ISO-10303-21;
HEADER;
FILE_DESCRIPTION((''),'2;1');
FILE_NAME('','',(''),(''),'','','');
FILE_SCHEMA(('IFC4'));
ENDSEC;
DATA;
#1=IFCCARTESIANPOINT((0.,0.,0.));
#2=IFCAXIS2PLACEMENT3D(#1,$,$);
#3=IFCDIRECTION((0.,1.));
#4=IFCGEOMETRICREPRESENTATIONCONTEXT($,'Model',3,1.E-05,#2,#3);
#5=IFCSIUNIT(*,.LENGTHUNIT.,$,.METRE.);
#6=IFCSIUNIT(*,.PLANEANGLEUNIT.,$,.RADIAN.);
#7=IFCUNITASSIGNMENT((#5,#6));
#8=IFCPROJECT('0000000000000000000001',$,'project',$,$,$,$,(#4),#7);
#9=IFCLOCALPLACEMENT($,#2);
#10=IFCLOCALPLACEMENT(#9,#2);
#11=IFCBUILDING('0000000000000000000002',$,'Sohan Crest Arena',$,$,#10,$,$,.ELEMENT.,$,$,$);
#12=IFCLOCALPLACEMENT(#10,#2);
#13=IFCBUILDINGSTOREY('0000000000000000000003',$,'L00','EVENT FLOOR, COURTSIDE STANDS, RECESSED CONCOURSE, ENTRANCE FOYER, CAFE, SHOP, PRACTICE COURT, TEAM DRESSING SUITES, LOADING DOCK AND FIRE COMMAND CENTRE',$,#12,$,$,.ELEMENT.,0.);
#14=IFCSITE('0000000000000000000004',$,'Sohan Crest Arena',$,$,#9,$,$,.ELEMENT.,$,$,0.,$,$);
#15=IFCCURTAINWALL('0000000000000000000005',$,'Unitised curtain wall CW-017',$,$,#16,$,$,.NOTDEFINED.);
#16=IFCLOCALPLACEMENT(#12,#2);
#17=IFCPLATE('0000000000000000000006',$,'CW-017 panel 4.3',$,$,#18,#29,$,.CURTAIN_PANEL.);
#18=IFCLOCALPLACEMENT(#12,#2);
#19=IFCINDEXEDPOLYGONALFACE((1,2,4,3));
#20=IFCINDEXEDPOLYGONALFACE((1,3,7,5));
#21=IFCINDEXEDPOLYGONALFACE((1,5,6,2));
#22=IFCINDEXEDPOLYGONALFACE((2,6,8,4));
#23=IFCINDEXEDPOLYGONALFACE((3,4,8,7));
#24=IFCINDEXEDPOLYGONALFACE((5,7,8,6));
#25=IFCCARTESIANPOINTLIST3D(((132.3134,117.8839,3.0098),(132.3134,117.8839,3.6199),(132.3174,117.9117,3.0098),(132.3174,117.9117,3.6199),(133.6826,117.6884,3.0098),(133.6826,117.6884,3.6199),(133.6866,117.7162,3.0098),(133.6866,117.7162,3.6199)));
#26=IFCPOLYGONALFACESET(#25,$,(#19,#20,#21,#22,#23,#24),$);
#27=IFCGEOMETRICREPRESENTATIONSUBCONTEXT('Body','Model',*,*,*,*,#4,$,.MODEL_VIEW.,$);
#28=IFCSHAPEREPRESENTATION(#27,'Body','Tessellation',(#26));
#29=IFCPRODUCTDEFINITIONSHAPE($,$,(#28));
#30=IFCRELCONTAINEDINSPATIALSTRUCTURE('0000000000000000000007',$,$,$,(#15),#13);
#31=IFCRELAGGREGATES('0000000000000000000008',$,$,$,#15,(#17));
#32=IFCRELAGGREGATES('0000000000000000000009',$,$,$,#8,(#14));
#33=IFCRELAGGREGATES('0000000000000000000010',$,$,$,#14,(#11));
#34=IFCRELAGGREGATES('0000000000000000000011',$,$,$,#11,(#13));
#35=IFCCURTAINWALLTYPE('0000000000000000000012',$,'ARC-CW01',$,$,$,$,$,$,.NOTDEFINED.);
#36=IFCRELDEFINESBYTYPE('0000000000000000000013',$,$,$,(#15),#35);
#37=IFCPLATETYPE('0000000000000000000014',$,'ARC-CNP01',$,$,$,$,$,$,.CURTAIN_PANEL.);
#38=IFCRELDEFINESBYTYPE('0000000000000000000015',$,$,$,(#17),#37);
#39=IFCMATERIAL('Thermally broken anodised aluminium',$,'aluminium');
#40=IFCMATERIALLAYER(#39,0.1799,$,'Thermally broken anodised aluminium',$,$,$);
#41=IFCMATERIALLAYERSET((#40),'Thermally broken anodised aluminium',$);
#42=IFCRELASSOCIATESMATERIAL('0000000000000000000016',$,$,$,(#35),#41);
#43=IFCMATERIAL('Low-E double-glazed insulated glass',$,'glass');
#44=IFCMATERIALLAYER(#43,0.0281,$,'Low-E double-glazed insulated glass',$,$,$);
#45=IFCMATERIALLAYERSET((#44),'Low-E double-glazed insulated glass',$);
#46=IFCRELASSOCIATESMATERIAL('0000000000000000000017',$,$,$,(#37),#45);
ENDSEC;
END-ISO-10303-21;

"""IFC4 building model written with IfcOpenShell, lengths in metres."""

from ifc_helpers import new_model, si_unit, direction, frame, origin, origin_2d, place, context, subcontext, project, spatial, rectangle, extrude, material, layer, layer_set, type_object, element, aggregate, save


model = new_model("IFC4")

# Units and contexts
model_context = context("Model", 3, precision=1e-05, world=origin(), true_north=direction((0.0, 1.0)))
body_context = subcontext(model_context, "Body", "Model", "MODEL_VIEW")
ifc_project = project(units=[si_unit("LENGTHUNIT", "METRE"), si_unit("PLANEANGLEUNIT", "RADIAN")], contexts=[model_context])

# Site, building, storey
site_placement = place(None, origin())
site = spatial("IfcSite", under=ifc_project, at=site_placement, Name="Sohan Crest Arena", CompositionType="ELEMENT", RefElevation=0.0)
building_placement = place(site_placement, origin())
building = spatial("IfcBuilding", under=site, at=building_placement, Name="Sohan Crest Arena", CompositionType="ELEMENT")
storey_placement = place(building_placement, origin())
storey = spatial("IfcBuildingStorey", under=building, at=storey_placement, Name="L00", Description="EVENT FLOOR, COURTSIDE STANDS, RECESSED CONCOURSE, ENTRANCE FOYER, CAFE, SHOP, PRACTICE COURT, TEAM DRESSING SUITES, LOADING DOCK AND FIRE COMMAND CENTRE", CompositionType="ELEMENT", Elevation=0.0)

# Curtain wall, plate
ifc_material_1 = material(Name="Thermally broken anodised aluminium", Category="aluminium")
ifc_layer_1 = layer(ifc_material_1, 0.1799, Name="Thermally broken anodised aluminium")
ifc_layer_set_1 = layer_set([ifc_layer_1], Name="Thermally broken anodised aluminium")
curtain_wall_type = type_object("IfcCurtainWallType", Name="ARC-CW01", PredefinedType="NOTDEFINED", material=ifc_layer_set_1)
curtain_wall_placement = place(storey_placement, origin())
curtain_wall = element("IfcCurtainWall", 1, at=curtain_wall_placement, inside=storey, type_object=curtain_wall_type, Name="Unitised curtain wall CW-017", PredefinedType="NOTDEFINED")
ifc_material_2 = material(Name="Low-E double-glazed insulated glass", Category="glass")
ifc_layer_2 = layer(ifc_material_2, 0.0281, Name="Low-E double-glazed insulated glass")
ifc_layer_set_2 = layer_set([ifc_layer_2], Name="Low-E double-glazed insulated glass")
plate_type = type_object("IfcPlateType", Name="ARC-CNP01", PredefinedType="CURTAIN_PANEL", material=ifc_layer_set_2)
plate_1_placement = place(storey_placement, frame((133.0, 117.8, 3.0098), z_axis=(0.0, 0.0, 1.0), x_axis=(-0.989957, 0.141366, 0.0)))
plate_1 = element("IfcPlate", 2, at=plate_1_placement, type_object=plate_type, Name="CW-017 panel 4.3", PredefinedType="CURTAIN_PANEL", context=body_context, shape_type="SweptSolid", body=[
    extrude(rectangle(XDim=1.3831, YDim=0.0281, at=origin_2d()), origin(), (0.0, 0.0, 1.0), 0.6101),
])
aggregate(curtain_wall, [plate_1])

save(model, "model.ifc")
